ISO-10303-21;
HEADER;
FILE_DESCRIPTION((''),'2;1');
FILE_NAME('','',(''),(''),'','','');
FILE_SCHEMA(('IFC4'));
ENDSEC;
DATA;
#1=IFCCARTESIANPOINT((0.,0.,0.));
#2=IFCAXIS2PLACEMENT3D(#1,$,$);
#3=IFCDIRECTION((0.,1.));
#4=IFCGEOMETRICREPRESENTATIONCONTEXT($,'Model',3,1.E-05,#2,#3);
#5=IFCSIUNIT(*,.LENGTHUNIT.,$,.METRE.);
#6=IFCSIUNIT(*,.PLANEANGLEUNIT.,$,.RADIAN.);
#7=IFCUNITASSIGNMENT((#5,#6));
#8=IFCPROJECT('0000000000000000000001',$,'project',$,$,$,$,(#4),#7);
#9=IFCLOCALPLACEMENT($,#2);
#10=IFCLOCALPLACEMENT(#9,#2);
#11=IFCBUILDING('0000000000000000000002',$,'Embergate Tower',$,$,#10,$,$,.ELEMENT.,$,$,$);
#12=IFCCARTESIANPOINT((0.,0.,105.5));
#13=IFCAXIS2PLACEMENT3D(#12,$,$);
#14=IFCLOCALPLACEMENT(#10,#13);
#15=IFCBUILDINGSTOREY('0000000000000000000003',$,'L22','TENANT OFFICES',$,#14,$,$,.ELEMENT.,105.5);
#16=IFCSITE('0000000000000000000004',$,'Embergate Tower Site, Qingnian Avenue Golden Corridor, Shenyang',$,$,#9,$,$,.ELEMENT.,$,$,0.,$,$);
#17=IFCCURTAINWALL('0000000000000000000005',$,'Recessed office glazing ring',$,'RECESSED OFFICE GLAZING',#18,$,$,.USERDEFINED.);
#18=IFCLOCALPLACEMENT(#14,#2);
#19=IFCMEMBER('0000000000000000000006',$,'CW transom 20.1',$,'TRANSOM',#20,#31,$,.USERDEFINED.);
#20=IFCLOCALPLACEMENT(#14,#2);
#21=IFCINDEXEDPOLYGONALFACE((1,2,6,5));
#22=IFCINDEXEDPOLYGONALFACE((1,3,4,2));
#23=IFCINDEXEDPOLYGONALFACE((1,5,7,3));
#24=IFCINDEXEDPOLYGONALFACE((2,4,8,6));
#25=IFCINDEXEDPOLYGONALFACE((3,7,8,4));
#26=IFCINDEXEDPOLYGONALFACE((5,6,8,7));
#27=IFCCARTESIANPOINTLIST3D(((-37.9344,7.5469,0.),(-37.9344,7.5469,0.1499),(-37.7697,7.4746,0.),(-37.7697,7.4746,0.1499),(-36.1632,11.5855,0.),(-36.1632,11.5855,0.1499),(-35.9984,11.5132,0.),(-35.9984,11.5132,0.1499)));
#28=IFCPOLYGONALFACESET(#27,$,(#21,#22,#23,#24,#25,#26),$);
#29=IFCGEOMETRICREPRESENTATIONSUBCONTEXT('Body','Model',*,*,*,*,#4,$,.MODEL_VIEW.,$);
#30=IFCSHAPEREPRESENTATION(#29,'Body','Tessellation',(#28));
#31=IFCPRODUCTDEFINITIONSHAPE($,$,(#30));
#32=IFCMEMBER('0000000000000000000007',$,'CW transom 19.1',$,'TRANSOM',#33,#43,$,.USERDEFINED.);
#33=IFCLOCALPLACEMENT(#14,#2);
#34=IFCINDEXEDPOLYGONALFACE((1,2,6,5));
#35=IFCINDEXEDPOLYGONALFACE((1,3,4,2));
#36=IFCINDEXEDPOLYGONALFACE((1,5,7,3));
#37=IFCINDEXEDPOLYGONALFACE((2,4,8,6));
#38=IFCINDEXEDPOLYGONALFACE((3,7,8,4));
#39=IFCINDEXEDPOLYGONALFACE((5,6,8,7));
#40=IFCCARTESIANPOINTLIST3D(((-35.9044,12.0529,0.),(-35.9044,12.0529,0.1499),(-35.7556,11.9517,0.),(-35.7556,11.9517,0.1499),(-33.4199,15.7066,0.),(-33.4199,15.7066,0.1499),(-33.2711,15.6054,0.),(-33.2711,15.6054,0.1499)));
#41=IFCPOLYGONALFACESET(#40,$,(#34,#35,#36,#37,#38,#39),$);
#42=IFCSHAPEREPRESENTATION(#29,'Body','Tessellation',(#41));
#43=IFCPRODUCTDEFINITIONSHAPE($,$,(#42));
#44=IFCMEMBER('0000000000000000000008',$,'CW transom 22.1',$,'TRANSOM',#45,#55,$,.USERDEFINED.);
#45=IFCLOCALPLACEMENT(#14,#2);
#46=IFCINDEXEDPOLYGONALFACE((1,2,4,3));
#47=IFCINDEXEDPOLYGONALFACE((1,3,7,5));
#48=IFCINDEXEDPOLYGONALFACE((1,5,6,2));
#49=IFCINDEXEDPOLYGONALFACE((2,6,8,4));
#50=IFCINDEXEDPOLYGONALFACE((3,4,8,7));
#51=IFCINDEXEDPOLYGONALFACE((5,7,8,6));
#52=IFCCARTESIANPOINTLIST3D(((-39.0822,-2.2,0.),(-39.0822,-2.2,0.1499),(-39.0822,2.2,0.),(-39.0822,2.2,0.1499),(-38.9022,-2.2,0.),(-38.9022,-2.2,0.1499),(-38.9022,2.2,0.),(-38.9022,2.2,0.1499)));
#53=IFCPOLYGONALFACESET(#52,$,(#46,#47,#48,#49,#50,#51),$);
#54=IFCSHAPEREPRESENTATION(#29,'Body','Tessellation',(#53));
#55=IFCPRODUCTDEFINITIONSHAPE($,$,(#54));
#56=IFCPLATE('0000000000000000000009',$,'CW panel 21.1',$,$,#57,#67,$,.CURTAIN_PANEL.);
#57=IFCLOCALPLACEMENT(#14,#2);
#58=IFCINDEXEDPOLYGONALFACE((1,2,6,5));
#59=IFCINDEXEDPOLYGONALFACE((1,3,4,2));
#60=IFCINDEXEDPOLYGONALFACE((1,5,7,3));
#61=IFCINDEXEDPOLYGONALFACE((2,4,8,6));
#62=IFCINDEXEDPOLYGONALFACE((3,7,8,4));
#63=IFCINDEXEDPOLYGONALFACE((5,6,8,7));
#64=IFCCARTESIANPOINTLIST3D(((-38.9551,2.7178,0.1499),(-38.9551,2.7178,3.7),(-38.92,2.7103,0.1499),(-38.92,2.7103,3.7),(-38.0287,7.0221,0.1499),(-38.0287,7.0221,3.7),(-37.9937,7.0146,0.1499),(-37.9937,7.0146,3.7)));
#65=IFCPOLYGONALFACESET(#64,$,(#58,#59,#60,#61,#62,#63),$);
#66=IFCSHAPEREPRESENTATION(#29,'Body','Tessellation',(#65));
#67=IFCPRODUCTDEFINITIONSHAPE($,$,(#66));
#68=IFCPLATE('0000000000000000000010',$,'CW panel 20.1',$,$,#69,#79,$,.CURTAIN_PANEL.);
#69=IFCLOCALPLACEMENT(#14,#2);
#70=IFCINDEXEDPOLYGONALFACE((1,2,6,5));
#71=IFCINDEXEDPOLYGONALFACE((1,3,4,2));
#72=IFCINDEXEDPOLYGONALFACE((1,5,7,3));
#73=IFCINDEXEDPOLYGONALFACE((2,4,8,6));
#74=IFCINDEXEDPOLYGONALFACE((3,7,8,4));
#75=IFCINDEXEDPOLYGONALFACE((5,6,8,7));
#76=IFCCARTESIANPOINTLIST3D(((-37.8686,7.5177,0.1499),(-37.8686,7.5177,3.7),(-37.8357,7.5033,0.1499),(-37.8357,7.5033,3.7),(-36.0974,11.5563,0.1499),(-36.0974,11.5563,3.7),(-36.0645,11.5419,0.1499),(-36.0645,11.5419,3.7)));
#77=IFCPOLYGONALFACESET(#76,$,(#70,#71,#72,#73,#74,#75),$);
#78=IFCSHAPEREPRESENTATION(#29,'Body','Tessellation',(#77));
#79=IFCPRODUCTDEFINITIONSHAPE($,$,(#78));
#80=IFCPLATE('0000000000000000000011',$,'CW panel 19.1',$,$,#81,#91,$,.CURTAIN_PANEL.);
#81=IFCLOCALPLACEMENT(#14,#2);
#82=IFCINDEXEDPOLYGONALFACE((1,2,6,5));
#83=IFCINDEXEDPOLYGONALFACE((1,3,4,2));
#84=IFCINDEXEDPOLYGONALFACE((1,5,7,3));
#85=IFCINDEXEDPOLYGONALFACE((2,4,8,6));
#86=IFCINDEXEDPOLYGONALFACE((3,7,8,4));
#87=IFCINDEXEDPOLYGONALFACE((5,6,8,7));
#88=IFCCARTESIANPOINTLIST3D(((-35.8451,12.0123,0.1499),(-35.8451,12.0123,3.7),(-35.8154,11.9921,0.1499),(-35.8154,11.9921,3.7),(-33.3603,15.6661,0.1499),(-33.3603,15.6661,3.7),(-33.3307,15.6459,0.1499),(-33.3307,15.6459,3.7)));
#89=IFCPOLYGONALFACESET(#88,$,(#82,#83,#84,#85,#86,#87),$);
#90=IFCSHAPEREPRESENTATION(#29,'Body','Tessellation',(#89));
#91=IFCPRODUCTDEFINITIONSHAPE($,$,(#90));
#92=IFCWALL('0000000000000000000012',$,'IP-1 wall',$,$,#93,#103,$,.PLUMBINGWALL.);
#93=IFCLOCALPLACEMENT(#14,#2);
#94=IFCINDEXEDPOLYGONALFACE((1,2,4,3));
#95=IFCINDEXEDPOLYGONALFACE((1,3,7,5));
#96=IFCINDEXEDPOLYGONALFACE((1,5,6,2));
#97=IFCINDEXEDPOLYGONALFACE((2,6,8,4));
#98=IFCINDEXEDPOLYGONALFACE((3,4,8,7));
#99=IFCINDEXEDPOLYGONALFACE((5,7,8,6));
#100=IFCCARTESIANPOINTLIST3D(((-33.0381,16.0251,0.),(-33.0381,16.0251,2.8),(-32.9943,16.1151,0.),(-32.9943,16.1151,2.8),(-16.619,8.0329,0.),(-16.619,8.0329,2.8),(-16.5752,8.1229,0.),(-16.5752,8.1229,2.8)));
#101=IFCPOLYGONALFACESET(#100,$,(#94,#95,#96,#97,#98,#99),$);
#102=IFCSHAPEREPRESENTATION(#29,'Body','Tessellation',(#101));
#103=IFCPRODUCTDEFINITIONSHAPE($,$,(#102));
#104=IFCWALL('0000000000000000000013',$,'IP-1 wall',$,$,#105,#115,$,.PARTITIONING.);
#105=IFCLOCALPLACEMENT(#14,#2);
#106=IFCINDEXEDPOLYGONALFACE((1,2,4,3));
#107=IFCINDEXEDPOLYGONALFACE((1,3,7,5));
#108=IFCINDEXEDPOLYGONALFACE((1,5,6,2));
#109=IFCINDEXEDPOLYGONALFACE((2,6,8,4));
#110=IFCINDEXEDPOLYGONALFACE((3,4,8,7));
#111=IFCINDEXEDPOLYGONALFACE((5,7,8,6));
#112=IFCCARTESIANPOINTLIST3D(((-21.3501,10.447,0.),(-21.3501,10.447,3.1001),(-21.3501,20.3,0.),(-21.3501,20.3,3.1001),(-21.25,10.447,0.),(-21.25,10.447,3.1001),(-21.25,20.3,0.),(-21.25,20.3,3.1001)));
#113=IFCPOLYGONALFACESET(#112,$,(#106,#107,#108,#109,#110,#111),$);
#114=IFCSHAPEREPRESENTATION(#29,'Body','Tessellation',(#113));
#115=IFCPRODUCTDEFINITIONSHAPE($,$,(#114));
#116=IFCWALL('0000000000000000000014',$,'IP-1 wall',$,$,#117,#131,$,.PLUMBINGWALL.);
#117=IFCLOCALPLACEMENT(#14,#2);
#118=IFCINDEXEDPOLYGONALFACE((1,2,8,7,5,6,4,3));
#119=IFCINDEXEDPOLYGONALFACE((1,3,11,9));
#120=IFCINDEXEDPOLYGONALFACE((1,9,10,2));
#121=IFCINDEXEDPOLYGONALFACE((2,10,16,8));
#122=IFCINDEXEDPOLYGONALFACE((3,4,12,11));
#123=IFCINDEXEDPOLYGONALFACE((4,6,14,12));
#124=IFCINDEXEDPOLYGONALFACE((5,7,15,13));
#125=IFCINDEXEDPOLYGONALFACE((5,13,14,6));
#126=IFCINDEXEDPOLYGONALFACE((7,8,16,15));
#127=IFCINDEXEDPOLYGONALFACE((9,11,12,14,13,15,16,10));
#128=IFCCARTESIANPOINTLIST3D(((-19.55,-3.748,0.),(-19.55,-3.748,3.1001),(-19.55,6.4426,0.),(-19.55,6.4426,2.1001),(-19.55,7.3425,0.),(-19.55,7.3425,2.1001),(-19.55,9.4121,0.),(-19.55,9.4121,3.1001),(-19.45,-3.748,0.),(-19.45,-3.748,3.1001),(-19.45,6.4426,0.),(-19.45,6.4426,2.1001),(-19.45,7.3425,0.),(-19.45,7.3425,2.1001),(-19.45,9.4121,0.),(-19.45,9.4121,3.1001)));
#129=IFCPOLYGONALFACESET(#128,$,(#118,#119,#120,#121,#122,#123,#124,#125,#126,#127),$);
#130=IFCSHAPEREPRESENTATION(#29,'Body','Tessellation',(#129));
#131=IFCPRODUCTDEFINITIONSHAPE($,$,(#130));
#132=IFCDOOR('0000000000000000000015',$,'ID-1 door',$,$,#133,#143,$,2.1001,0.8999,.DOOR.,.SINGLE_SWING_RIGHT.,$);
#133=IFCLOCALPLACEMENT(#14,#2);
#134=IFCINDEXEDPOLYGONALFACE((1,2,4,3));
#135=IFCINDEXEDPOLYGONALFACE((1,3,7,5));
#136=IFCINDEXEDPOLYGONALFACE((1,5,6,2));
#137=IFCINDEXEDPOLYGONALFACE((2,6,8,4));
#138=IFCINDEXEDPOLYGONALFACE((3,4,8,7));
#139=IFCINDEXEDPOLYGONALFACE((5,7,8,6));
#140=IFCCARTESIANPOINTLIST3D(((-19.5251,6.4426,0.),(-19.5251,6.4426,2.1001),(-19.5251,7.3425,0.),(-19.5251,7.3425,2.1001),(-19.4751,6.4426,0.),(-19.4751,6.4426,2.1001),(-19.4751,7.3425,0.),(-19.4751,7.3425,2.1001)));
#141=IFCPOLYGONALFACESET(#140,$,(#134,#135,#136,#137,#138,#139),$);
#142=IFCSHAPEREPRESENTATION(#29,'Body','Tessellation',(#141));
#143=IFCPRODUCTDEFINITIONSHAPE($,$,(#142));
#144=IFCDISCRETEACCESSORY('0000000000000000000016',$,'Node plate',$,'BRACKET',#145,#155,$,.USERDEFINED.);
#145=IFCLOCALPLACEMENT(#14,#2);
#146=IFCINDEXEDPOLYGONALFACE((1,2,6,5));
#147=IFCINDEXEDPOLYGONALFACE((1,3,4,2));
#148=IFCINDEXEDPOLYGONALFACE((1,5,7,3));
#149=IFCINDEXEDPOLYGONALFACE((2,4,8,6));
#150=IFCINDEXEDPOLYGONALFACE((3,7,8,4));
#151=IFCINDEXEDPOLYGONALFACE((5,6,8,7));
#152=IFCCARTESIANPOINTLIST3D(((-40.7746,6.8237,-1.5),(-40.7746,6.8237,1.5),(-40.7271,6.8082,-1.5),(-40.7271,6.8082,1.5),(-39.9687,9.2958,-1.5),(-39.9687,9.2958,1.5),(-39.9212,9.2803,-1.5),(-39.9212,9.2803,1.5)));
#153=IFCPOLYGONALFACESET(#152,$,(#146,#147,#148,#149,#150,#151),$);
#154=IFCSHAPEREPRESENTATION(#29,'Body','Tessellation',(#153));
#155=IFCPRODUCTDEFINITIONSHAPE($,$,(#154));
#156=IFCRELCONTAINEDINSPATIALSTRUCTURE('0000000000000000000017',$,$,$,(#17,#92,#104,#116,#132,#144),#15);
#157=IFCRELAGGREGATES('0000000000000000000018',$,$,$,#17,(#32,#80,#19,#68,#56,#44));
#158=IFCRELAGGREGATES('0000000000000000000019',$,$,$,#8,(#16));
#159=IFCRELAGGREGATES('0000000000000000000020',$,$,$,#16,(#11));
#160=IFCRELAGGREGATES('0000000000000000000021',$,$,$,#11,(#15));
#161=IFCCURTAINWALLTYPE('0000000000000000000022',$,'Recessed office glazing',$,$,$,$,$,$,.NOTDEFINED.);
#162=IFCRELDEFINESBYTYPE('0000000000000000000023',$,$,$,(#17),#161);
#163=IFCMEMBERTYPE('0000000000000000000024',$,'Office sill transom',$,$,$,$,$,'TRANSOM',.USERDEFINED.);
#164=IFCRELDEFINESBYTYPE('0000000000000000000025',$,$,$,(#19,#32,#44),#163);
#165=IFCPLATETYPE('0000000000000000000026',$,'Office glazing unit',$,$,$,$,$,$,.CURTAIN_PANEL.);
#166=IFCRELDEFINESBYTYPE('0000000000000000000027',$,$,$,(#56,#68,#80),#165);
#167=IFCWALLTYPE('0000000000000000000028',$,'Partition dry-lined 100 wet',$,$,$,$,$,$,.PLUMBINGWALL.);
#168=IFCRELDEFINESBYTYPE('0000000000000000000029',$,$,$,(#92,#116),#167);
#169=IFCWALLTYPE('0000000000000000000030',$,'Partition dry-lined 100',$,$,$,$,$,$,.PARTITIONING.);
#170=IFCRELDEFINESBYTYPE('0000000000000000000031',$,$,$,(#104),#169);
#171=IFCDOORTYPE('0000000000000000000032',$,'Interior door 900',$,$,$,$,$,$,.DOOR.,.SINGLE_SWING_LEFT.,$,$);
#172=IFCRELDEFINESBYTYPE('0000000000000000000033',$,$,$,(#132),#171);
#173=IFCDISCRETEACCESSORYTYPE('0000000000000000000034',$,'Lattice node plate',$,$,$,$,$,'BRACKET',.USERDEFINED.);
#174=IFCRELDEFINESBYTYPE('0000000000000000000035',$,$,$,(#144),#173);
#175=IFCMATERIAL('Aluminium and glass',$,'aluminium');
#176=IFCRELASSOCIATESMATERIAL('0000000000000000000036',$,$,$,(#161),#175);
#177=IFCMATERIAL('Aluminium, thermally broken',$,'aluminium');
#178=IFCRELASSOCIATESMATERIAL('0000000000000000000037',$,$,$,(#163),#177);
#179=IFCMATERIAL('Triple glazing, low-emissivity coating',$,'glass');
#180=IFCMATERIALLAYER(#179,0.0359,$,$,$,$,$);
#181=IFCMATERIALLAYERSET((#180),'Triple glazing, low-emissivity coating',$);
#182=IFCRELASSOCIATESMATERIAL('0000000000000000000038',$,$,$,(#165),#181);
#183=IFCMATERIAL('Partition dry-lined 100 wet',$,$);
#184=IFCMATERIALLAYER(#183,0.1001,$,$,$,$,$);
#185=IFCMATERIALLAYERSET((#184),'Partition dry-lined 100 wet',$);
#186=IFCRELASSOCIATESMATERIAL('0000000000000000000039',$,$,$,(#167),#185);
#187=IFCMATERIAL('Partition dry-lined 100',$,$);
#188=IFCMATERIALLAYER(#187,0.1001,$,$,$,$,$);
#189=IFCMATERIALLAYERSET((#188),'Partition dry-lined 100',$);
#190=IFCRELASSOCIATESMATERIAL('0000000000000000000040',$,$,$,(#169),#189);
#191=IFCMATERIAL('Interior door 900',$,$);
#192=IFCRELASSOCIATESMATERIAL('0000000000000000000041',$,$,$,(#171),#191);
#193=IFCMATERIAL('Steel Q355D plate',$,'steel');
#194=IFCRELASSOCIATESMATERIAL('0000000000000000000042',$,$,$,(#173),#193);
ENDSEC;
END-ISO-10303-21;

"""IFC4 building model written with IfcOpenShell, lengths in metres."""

from ifc_helpers import new_model, si_unit, direction, frame, frame_2d, origin, origin_2d, place, context, subcontext, project, spatial, rectangle, extrude, source, transform, mapped, material, layer, layer_set, material_profile, profile_set, type_object, element, fill, aggregate, save


model = new_model("IFC4")

# Units and contexts
model_context = context("Model", 3, precision=1e-05, world=origin(), true_north=direction((0.0, 1.0)))
body_context = subcontext(model_context, "Body", "Model", "MODEL_VIEW")
ifc_project = project(units=[si_unit("LENGTHUNIT", "METRE"), si_unit("PLANEANGLEUNIT", "RADIAN")], contexts=[model_context])

# Site, building, storey
site_placement = place(None, origin())
site = spatial("IfcSite", under=ifc_project, at=site_placement, Name="Embergate Tower Site, Qingnian Avenue Golden Corridor, Shenyang", CompositionType="ELEMENT", RefElevation=0.0)
building_placement = place(site_placement, origin())
building = spatial("IfcBuilding", under=site, at=building_placement, Name="Embergate Tower", CompositionType="ELEMENT")
storey_placement = place(building_placement, frame((0.0, 0.0, 105.5)))
storey = spatial("IfcBuildingStorey", under=building, at=storey_placement, Name="L22", Description="TENANT OFFICES", CompositionType="ELEMENT", Elevation=105.5)

# Curtain wall, members, plates
ifc_material_1 = material(Name="Aluminium and glass", Category="aluminium")
curtain_wall_type = type_object("IfcCurtainWallType", Name="Recessed office glazing", PredefinedType="NOTDEFINED", material=ifc_material_1)
curtain_wall_placement = place(storey_placement, origin())
curtain_wall = element("IfcCurtainWall", 1, at=curtain_wall_placement, inside=storey, type_object=curtain_wall_type, Name="Recessed office glazing ring", ObjectType="RECESSED OFFICE GLAZING", PredefinedType="USERDEFINED")
ifc_material_2 = material(Name="Aluminium, thermally broken", Category="aluminium")
ifc_material_profile_1 = material_profile(ifc_material_2, rectangle(XDim=0.1799, YDim=0.1499, at=origin_2d()), Name="AL 150x180")
ifc_profile_set_1 = profile_set([ifc_material_profile_1], Name="Aluminium, thermally broken")
member_type_1 = type_object("IfcMemberType", Name="Office sill transom", ElementType="TRANSOM", PredefinedType="USERDEFINED", material=ifc_profile_set_1)
shared_shape_1 = source(origin(), body_context, "Body", "SweptSolid", [
    extrude(rectangle(XDim=0.1799, YDim=0.1499, at=origin_2d()), origin(), (0.0, 0.0, 1.0), 4.4099),
])
member_1_placement = place(storey_placement, frame((-36.0808, 11.5493, 0.075), z_axis=(-0.401649, -0.915794, 0.0), x_axis=(0.915794, -0.401649, 0.0)))
member_1 = element("IfcMember", 2, at=member_1_placement, type_object=member_type_1, Name="CW transom 20.1", ObjectType="TRANSOM", PredefinedType="USERDEFINED", context=body_context, shape_type="MappedRepresentation", body=[
    mapped(shared_shape_1, transform((0.0, 0.0, 0.0))),
])
shared_shape_2 = source(origin(), body_context, "Body", "SweptSolid", [
    extrude(rectangle(XDim=0.1799, YDim=0.1499, at=origin_2d()), origin(), (0.0, 0.0, 1.0), 4.4185),
])
member_2_placement = place(storey_placement, frame((-33.3455, 15.656, 0.075), z_axis=(-0.562315, -0.826923, 0.0), x_axis=(0.826923, -0.562315, 0.0)))
member_2 = element("IfcMember", 3, at=member_2_placement, type_object=member_type_1, Name="CW transom 19.1", ObjectType="TRANSOM", PredefinedType="USERDEFINED", context=body_context, shape_type="MappedRepresentation", body=[
    mapped(shared_shape_2, transform((0.0, 0.0, 0.0))),
])
shared_shape_3 = source(origin(), body_context, "Body", "SweptSolid", [
    extrude(rectangle(XDim=0.1799, YDim=0.1499, at=origin_2d()), origin(), (0.0, 0.0, 1.0), 4.3999),
])
member_3_placement = place(storey_placement, frame((-38.9922, 2.2, 0.075), z_axis=(0.0, -1.0, 0.0), x_axis=(1.0, 0.0, 0.0)))
member_3 = element("IfcMember", 4, at=member_3_placement, type_object=member_type_1, Name="CW transom 22.1", ObjectType="TRANSOM", PredefinedType="USERDEFINED", context=body_context, shape_type="MappedRepresentation", body=[
    mapped(shared_shape_3, transform((0.0, 0.0, 0.0))),
])
ifc_material_3 = material(Name="Triple glazing, low-emissivity coating", Category="glass")
ifc_layer_1 = layer(ifc_material_3, 0.0359)
ifc_layer_set_1 = layer_set([ifc_layer_1], Name="Triple glazing, low-emissivity coating")
plate_type = type_object("IfcPlateType", Name="Office glazing unit", PredefinedType="CURTAIN_PANEL", material=ifc_layer_set_1)
shared_shape_4 = source(origin(), body_context, "Body", "SweptSolid", [
    extrude(rectangle(XDim=4.4028, YDim=0.0359, at=origin_2d()), origin(), (0.0, 0.0, 1.0), 3.55),
])
plate_1_placement = place(storey_placement, frame((-38.4744, 4.8662, 0.1499), z_axis=(0.0, 0.0, 1.0), x_axis=(-0.210392, -0.977617, 0.0)))
plate_1 = element("IfcPlate", 5, at=plate_1_placement, type_object=plate_type, Name="CW panel 21.1", PredefinedType="CURTAIN_PANEL", context=body_context, shape_type="MappedRepresentation", body=[
    mapped(shared_shape_4, transform((0.0, 0.0, 0.0))),
])
shared_shape_5 = source(origin(), body_context, "Body", "SweptSolid", [
    extrude(rectangle(XDim=4.4099, YDim=0.0359, at=origin_2d()), origin(), (0.0, 0.0, 1.0), 3.55),
])
plate_2_placement = place(storey_placement, frame((-36.9666, 9.5298, 0.1499), z_axis=(0.0, 0.0, 1.0), x_axis=(-0.401644, -0.915796, 0.0)))
plate_2 = element("IfcPlate", 6, at=plate_2_placement, type_object=plate_type, Name="CW panel 20.1", PredefinedType="CURTAIN_PANEL", context=body_context, shape_type="MappedRepresentation", body=[
    mapped(shared_shape_5, transform((0.0, 0.0, 0.0))),
])
shared_shape_6 = source(origin(), body_context, "Body", "SweptSolid", [
    extrude(rectangle(XDim=4.4187, YDim=0.0359, at=origin_2d()), origin(), (0.0, 0.0, 1.0), 3.55),
])
plate_3_placement = place(storey_placement, frame((-34.5879, 13.8291, 0.1499), z_axis=(0.0, 0.0, 1.0), x_axis=(-0.562332, -0.826912, 0.0)))
plate_3 = element("IfcPlate", 7, at=plate_3_placement, type_object=plate_type, Name="CW panel 19.1", PredefinedType="CURTAIN_PANEL", context=body_context, shape_type="MappedRepresentation", body=[
    mapped(shared_shape_6, transform((0.0, 0.0, 0.0))),
])
aggregate(curtain_wall, [member_2, plate_3, member_1, plate_2, plate_1, member_3])

# Walls
ifc_material_4 = material(Name="Partition dry-lined 100 wet")
ifc_layer_2 = layer(ifc_material_4, 0.1001)
ifc_layer_set_2 = layer_set([ifc_layer_2], Name="Partition dry-lined 100 wet")
wall_type_1 = type_object("IfcWallType", Name="Partition dry-lined 100 wet", PredefinedType="PLUMBINGWALL", material=ifc_layer_set_2)
shared_shape_7 = source(origin(), body_context, "Body", "SweptSolid", [
    extrude(rectangle(XDim=18.261, YDim=0.1001, at=frame_2d((9.1304, 0.0))), origin(), (0.0, 0.0, 1.0), 2.8),
])
wall_1_placement = place(storey_placement, frame((-33.0161, 16.0701, 0.0), z_axis=(0.0, 0.0, 1.0), x_axis=(0.899139, -0.437664, 0.0)))
element("IfcWall", 8, at=wall_1_placement, inside=storey, type_object=wall_type_1, Name="IP-1 wall", PredefinedType="PLUMBINGWALL", context=body_context, shape_type="MappedRepresentation", body=[
    mapped(shared_shape_7, transform((0.0, 0.0, 0.0))),
])
ifc_material_5 = material(Name="Partition dry-lined 100")
ifc_layer_3 = layer(ifc_material_5, 0.1001)
ifc_layer_set_3 = layer_set([ifc_layer_3], Name="Partition dry-lined 100")
wall_type_2 = type_object("IfcWallType", Name="Partition dry-lined 100", PredefinedType="PARTITIONING", material=ifc_layer_set_3)
shared_shape_8 = source(origin(), body_context, "Body", "SweptSolid", [
    extrude(rectangle(XDim=9.853, YDim=0.1001, at=frame_2d((4.9265, 0.0))), origin(), (0.0, 0.0, 1.0), 3.1001),
])
wall_2_placement = place(storey_placement, frame((-21.3, 10.447, 0.0), z_axis=(0.0, 0.0, 1.0), x_axis=(0.0, 1.0, 0.0)))
element("IfcWall", 9, at=wall_2_placement, inside=storey, type_object=wall_type_2, Name="IP-1 wall", PredefinedType="PARTITIONING", context=body_context, shape_type="MappedRepresentation", body=[
    mapped(shared_shape_8, transform((0.0, 0.0, 0.0))),
])

# Wall, opening, door
shared_shape_9 = source(origin(), body_context, "Body", "SweptSolid", [
    extrude(rectangle(XDim=13.1602, YDim=0.1001, at=frame_2d((6.5801, 0.0))), origin(), (0.0, 0.0, 1.0), 3.1001),
])
wall_3_placement = place(storey_placement, frame((-19.5, 9.4121, 0.0), z_axis=(0.0, 0.0, 1.0), x_axis=(0.0, -1.0, 0.0)))
wall_3 = element("IfcWall", 10, at=wall_3_placement, inside=storey, type_object=wall_type_1, Name="IP-1 wall", PredefinedType="PLUMBINGWALL", context=body_context, shape_type="MappedRepresentation", body=[
    mapped(shared_shape_9, transform((0.0, 0.0, 0.0))),
])
shared_shape_10 = source(origin(), body_context, "Body", "SweptSolid", [
    extrude(rectangle(XDim=0.8999, YDim=2.1001, at=frame_2d((0.45, 1.05))), frame((0.0, 0.0601, 0.0), z_axis=(0.0, -1.0, 0.0), x_axis=(1.0, 0.0, 0.0)), (0.0, 0.0, 1.0), 0.1201),
])
opening_placement = place(wall_3_placement, frame((2.0696, 0.0, 0.0)))
opening = element("IfcOpeningElement", 11, at=opening_placement, cuts=wall_3, PredefinedType="OPENING", context=body_context, shape_type="MappedRepresentation", body=[
    mapped(shared_shape_10, transform((0.0, 0.0, 0.0))),
])
ifc_material_6 = material(Name="Interior door 900")
door_type = type_object("IfcDoorType", Name="Interior door 900", OperationType="SINGLE_SWING_LEFT", PredefinedType="DOOR", material=ifc_material_6)
shared_shape_11 = source(origin(), body_context, "Body", "SweptSolid", [
    extrude(rectangle(XDim=0.8999, YDim=2.1001, at=frame_2d((0.45, 1.05))), frame((0.0, 0.0249, 0.0), z_axis=(0.0, -1.0, 0.0), x_axis=(1.0, 0.0, 0.0)), (0.0, 0.0, 1.0), 0.05),
])
door_placement = place(opening_placement, origin())
door = element("IfcDoor", 12, at=door_placement, inside=storey, type_object=door_type, Name="ID-1 door", OperationType="SINGLE_SWING_RIGHT", OverallHeight=2.1001, OverallWidth=0.8999, PredefinedType="DOOR", context=body_context, shape_type="MappedRepresentation", body=[
    mapped(shared_shape_11, transform((0.0, 0.0, 0.0))),
])
fill(opening, door)

# Discrete accessory
ifc_material_7 = material(Name="Steel Q355D plate", Category="steel")
discrete_accessory_type = type_object("IfcDiscreteAccessoryType", Name="Lattice node plate", ElementType="BRACKET", PredefinedType="USERDEFINED", material=ifc_material_7)
shared_shape_12 = source(origin(), body_context, "Body", "SweptSolid", [
    extrude(rectangle(XDim=2.6001, YDim=0.05, at=origin_2d()), origin(), (0.0, 0.0, 1.0), 3.0),
])
discrete_accessory_placement = place(storey_placement, frame((-40.3479, 8.052, -1.5), z_axis=(0.0, 0.0, 1.0), x_axis=(-0.309946, -0.950754, 0.0)))
element("IfcDiscreteAccessory", 13, at=discrete_accessory_placement, inside=storey, type_object=discrete_accessory_type, Name="Node plate", ObjectType="BRACKET", PredefinedType="USERDEFINED", context=body_context, shape_type="MappedRepresentation", body=[
    mapped(shared_shape_12, transform((0.0, 0.0, 0.0))),
])

save(model, "model.ifc")
